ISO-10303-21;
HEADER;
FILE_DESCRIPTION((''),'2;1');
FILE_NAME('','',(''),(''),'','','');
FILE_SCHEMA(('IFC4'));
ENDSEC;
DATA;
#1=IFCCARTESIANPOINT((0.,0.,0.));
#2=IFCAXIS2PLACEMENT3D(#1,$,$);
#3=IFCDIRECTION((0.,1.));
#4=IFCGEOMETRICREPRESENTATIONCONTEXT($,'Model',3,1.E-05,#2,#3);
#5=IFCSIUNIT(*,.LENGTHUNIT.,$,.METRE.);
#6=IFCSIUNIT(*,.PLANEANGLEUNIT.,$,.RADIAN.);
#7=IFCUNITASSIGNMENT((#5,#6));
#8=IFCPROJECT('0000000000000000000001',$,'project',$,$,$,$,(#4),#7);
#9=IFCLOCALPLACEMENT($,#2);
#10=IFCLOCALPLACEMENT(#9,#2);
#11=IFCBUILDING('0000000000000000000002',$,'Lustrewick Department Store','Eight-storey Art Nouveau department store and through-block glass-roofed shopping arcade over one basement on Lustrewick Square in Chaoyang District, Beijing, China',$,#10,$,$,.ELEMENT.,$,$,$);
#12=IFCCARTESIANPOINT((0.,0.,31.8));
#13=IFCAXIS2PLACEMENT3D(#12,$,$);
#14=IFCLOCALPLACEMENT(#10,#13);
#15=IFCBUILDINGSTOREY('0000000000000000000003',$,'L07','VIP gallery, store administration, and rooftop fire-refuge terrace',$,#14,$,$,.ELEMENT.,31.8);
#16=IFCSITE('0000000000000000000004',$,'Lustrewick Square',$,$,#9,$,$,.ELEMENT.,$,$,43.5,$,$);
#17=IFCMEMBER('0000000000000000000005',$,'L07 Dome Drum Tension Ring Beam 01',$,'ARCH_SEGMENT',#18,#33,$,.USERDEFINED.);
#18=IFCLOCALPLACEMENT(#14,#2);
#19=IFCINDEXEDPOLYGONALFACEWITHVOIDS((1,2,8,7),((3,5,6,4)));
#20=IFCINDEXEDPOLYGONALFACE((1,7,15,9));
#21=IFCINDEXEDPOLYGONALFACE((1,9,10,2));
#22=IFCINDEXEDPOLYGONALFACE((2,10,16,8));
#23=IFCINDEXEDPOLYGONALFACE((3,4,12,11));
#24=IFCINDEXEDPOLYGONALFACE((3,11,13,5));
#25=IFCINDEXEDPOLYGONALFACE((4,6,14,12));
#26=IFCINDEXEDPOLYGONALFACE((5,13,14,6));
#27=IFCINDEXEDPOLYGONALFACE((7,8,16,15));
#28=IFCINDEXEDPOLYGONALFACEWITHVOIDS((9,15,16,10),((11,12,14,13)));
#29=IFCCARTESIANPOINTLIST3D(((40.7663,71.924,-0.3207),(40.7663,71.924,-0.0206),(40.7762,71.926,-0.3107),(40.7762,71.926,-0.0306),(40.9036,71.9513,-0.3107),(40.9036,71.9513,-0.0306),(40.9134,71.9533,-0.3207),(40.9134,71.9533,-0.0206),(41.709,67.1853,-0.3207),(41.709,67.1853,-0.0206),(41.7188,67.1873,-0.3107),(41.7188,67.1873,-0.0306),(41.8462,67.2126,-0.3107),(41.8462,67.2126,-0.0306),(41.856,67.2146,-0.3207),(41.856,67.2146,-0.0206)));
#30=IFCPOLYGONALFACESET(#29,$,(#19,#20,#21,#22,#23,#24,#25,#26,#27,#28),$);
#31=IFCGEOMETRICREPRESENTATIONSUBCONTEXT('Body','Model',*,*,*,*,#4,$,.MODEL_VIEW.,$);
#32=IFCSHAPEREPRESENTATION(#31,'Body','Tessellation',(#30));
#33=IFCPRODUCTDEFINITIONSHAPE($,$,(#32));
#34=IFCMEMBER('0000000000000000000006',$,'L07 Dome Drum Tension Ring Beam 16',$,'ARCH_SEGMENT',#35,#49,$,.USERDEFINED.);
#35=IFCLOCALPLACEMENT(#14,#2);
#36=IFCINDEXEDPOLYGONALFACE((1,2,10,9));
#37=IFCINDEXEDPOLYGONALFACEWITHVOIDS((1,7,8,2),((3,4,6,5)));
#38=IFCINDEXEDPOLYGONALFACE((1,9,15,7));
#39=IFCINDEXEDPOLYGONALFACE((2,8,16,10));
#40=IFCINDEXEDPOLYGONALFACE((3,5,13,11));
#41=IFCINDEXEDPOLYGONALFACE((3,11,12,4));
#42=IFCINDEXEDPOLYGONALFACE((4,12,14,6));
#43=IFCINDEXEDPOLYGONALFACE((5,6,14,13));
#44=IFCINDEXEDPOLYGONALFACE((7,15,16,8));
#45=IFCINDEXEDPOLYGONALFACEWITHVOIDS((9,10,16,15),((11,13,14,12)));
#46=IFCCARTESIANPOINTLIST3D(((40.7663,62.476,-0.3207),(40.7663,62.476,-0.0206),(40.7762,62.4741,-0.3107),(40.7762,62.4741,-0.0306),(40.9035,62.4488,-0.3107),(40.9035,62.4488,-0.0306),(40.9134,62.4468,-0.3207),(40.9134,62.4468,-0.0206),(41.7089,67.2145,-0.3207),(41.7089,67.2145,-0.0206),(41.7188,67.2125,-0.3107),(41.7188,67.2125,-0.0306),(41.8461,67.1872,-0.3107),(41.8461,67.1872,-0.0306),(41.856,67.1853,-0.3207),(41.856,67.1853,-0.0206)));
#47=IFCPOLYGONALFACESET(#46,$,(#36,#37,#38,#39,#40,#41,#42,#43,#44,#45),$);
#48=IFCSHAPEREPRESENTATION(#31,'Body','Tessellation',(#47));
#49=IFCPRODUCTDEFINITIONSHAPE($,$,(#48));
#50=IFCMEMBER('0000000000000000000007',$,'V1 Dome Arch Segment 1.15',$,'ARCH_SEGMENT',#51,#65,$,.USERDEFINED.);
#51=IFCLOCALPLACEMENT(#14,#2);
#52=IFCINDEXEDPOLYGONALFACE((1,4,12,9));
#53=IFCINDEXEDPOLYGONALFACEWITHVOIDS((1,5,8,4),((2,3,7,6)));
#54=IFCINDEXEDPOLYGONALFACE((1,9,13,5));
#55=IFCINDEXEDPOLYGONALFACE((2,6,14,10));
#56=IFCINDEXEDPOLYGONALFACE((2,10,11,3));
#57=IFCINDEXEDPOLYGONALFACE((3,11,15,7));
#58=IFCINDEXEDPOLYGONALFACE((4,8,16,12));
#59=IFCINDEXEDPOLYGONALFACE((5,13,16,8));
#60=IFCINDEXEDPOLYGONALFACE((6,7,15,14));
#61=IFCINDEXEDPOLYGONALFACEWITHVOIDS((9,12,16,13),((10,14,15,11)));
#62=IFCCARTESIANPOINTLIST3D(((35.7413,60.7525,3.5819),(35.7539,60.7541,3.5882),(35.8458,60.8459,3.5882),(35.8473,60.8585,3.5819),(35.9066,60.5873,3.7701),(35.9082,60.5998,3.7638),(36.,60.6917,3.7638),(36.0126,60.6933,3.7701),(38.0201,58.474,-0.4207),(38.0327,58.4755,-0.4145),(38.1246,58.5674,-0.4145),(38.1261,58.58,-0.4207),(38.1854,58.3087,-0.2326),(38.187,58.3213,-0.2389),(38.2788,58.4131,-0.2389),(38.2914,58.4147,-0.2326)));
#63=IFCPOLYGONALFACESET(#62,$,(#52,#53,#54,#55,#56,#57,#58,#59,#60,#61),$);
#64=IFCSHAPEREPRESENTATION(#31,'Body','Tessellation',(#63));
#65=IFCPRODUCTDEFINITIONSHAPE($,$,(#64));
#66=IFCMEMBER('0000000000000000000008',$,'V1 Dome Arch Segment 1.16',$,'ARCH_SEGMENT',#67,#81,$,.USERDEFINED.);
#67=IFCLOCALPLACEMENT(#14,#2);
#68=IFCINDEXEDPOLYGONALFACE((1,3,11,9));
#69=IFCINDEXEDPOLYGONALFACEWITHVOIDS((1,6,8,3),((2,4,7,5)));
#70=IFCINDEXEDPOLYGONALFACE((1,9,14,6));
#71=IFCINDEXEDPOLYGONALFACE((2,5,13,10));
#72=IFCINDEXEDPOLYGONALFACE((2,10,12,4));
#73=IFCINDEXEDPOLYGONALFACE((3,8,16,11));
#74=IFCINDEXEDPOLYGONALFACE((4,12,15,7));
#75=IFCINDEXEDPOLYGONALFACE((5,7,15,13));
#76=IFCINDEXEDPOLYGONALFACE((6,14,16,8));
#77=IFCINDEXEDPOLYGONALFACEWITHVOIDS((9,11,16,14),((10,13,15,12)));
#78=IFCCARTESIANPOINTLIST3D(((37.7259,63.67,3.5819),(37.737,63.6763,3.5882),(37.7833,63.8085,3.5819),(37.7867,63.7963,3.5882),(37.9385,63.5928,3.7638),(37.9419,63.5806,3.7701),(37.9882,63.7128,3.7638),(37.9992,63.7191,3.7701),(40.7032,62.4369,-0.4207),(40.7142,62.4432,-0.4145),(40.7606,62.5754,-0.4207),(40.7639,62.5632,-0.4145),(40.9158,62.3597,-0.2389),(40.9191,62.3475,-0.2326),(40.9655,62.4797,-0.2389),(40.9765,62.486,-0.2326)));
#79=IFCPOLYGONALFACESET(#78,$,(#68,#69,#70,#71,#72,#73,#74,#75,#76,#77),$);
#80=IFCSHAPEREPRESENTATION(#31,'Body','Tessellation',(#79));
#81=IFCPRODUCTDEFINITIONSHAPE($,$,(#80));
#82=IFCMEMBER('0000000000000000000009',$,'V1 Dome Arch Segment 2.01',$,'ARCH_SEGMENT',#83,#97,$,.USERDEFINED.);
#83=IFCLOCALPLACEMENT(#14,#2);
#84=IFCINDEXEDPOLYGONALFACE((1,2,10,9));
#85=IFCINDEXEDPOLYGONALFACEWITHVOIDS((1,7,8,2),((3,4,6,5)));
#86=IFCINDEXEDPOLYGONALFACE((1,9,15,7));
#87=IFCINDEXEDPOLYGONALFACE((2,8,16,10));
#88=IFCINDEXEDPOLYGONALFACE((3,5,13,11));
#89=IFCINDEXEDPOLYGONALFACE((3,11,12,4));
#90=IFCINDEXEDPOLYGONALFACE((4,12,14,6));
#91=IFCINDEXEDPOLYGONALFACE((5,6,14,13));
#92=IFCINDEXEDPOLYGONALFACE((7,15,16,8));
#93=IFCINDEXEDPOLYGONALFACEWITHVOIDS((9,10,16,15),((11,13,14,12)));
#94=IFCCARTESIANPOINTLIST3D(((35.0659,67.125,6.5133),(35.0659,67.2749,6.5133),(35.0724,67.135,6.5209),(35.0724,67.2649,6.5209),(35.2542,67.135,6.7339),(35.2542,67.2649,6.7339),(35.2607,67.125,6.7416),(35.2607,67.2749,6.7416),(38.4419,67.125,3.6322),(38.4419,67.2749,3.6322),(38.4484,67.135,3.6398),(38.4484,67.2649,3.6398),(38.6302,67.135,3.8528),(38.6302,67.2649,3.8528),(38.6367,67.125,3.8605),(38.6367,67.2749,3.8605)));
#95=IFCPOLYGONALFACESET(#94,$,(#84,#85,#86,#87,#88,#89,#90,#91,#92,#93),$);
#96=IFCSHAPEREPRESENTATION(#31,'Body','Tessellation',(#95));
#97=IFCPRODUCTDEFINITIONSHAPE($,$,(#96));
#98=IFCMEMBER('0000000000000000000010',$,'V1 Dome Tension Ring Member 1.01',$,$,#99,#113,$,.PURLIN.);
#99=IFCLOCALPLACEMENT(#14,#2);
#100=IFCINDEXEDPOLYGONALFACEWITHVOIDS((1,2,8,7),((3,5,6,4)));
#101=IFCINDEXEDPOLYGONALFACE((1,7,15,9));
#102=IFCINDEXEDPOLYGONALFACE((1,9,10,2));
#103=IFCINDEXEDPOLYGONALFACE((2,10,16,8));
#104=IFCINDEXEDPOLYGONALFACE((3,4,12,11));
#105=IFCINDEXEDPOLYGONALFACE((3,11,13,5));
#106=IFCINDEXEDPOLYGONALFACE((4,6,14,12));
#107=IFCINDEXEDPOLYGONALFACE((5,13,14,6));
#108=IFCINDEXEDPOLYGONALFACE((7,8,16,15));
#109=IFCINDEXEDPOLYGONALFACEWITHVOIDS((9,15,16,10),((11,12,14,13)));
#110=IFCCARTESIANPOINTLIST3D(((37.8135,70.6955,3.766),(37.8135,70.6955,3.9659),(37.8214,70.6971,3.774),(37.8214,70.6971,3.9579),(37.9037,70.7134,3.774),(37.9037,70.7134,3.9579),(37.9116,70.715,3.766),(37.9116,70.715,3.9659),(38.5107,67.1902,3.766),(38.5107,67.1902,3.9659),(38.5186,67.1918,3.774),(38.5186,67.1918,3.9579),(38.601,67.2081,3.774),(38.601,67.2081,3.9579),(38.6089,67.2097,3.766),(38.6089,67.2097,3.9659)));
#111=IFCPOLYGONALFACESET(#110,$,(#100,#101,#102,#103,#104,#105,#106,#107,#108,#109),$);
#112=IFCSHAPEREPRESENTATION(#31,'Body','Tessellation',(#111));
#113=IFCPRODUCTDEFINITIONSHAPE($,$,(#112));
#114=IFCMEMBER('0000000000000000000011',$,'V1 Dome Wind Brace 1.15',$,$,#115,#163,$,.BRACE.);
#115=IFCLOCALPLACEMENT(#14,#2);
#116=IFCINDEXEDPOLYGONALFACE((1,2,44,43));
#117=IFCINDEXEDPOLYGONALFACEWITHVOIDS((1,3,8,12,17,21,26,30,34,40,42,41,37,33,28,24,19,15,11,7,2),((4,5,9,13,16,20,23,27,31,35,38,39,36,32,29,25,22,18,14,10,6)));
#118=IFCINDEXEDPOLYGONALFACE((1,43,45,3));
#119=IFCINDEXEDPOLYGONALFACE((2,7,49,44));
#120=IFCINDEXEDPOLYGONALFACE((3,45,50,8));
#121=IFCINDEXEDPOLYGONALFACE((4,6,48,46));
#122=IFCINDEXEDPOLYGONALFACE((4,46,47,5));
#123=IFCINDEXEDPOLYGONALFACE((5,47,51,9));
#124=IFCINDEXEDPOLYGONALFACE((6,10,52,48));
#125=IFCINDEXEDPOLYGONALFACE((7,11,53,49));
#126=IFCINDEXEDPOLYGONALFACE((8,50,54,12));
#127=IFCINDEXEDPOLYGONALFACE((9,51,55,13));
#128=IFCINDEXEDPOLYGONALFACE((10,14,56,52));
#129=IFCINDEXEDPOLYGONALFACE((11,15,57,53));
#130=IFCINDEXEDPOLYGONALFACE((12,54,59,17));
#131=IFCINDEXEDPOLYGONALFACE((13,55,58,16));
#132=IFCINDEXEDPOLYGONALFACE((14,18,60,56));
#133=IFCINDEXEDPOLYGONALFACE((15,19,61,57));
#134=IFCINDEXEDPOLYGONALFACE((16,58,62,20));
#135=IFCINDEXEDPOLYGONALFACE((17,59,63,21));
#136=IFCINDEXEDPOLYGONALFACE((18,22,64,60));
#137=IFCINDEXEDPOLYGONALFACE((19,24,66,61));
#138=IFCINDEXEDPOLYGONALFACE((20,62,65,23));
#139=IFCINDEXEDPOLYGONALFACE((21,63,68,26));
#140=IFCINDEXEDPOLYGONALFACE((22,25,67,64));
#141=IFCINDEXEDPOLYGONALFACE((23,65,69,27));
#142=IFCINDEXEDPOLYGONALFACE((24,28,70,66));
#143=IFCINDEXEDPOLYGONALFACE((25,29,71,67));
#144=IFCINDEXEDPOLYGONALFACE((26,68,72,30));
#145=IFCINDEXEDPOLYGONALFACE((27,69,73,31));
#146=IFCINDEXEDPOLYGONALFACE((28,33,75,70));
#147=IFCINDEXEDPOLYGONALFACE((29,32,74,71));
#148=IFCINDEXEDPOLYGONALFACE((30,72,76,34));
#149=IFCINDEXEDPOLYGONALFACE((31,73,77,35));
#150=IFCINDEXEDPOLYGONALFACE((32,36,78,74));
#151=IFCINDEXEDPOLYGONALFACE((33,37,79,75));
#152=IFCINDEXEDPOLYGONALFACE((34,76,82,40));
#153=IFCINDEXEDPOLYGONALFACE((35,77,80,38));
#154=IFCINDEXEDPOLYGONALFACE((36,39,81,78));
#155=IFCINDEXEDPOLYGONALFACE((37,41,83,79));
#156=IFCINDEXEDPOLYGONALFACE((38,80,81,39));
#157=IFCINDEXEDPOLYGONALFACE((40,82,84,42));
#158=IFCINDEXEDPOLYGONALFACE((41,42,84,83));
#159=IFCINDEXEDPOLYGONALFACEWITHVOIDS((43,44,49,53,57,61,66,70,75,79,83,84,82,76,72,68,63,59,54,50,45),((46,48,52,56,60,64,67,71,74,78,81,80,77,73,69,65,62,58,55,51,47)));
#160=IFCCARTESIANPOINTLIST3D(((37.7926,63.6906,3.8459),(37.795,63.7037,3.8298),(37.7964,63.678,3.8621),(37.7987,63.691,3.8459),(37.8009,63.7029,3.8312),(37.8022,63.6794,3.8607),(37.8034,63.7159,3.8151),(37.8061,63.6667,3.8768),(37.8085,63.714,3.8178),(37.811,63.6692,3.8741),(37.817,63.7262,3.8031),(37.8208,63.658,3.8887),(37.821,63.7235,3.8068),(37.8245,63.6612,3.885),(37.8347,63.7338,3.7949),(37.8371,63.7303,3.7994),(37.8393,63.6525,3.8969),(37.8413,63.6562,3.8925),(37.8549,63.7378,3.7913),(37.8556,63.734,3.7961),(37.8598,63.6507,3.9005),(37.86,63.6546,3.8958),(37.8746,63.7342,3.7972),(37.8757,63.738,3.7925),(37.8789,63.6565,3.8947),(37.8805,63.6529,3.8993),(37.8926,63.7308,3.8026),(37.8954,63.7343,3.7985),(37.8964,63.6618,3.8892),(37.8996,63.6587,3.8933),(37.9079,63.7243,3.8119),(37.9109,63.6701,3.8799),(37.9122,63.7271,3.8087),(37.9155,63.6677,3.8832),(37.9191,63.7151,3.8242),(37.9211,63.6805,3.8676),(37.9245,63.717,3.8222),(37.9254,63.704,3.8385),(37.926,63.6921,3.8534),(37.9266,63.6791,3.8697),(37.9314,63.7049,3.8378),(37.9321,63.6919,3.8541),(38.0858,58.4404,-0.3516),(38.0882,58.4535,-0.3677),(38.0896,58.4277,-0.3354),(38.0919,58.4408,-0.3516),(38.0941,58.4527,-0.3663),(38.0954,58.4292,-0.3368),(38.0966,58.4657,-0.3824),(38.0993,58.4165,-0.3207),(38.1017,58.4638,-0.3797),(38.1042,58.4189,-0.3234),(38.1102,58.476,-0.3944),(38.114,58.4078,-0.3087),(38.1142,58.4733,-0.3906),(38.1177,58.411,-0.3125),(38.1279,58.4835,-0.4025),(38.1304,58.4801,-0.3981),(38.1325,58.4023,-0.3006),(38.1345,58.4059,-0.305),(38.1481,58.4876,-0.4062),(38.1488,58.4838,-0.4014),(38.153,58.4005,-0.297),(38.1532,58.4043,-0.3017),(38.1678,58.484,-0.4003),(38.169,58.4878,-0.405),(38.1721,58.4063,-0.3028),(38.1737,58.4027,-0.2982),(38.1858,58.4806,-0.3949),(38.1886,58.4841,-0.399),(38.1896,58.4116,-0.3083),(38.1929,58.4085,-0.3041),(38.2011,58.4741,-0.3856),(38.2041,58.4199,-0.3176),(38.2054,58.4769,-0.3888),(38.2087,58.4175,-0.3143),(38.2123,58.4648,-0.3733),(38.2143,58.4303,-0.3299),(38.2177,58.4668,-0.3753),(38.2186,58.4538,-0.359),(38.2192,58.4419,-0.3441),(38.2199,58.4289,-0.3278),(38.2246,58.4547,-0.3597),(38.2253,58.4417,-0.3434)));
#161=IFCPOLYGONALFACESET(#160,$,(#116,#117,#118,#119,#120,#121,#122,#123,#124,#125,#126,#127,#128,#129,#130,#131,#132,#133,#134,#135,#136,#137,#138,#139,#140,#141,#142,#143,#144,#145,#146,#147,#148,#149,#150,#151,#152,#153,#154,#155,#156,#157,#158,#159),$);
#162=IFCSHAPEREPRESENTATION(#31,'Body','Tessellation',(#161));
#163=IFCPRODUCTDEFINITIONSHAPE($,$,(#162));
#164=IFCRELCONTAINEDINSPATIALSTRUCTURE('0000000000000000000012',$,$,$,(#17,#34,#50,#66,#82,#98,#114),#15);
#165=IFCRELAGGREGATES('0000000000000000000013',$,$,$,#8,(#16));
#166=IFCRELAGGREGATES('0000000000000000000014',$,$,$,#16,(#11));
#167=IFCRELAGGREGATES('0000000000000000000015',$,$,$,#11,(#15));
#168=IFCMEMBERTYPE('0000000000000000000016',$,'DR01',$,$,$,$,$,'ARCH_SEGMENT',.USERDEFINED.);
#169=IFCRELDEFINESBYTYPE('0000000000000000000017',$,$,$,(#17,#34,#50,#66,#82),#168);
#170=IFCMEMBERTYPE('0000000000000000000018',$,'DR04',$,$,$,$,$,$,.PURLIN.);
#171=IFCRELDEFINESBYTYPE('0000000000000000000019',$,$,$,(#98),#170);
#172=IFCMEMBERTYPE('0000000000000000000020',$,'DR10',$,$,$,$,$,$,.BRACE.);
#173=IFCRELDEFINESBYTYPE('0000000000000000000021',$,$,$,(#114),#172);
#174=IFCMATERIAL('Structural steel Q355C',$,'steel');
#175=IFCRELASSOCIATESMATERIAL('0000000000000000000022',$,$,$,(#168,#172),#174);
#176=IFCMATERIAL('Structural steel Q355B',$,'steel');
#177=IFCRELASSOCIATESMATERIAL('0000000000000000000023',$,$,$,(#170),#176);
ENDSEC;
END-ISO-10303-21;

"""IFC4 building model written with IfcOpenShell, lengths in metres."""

from ifc_helpers import new_model, si_unit, direction, frame, origin, origin_2d, place, context, subcontext, project, spatial, hollow_rectangle, hollow_circle, extrude, material, material_profile, profile_set, type_object, element, save


model = new_model("IFC4")

# Units and contexts
model_context = context("Model", 3, precision=1e-05, world=origin(), true_north=direction((0.0, 1.0)))
body_context = subcontext(model_context, "Body", "Model", "MODEL_VIEW")
ifc_project = project(units=[si_unit("LENGTHUNIT", "METRE"), si_unit("PLANEANGLEUNIT", "RADIAN")], contexts=[model_context])

# Site, building, storey
site_placement = place(None, origin())
site = spatial("IfcSite", under=ifc_project, at=site_placement, Name="Lustrewick Square", CompositionType="ELEMENT", RefElevation=43.5)
building_placement = place(site_placement, origin())
building = spatial("IfcBuilding", under=site, at=building_placement, Name="Lustrewick Department Store", Description="Eight-storey Art Nouveau department store and through-block glass-roofed shopping arcade over one basement on Lustrewick Square in Chaoyang District, Beijing, China", CompositionType="ELEMENT")
storey_placement = place(building_placement, frame((0.0, 0.0, 31.8)))
storey = spatial("IfcBuildingStorey", under=building, at=storey_placement, Name="L07", Description="VIP gallery, store administration, and rooftop fire-refuge terrace", CompositionType="ELEMENT", Elevation=31.8)

# Members
ifc_material_1 = material(Name="Structural steel Q355C", Category="steel")
ifc_material_profile_1 = material_profile(ifc_material_1, hollow_rectangle(XDim=0.1499, YDim=0.3, WallThickness=0.01, at=origin_2d()), Name="RHS 300x150x10")
ifc_profile_set_1 = profile_set([ifc_material_profile_1], Name="Structural steel Q355C")
member_type_1 = type_object("IfcMemberType", Name="DR01", ElementType="ARCH_SEGMENT", PredefinedType="USERDEFINED", material=ifc_profile_set_1)
member_1_placement = place(storey_placement, frame((41.7825, 67.2, -0.1707), z_axis=(-0.195096, 0.980784, 0.0), x_axis=(-0.980784, -0.195096, 0.0)))
element("IfcMember", 1, at=member_1_placement, inside=storey, type_object=member_type_1, Name="L07 Dome Drum Tension Ring Beam 01", ObjectType="ARCH_SEGMENT", PredefinedType="USERDEFINED", context=body_context, shape_type="SweptSolid", body=[
    extrude(hollow_rectangle(XDim=0.1499, YDim=0.3, WallThickness=0.01, at=origin_2d()), origin(), (0.0, 0.0, 1.0), 4.8315),
])
member_2_placement = place(storey_placement, frame((40.8398, 62.4614, -0.1707), z_axis=(0.195105, 0.980782, 0.0), x_axis=(-0.980782, 0.195105, 0.0)))
element("IfcMember", 2, at=member_2_placement, inside=storey, type_object=member_type_1, Name="L07 Dome Drum Tension Ring Beam 16", ObjectType="ARCH_SEGMENT", PredefinedType="USERDEFINED", context=body_context, shape_type="SweptSolid", body=[
    extrude(hollow_rectangle(XDim=0.1499, YDim=0.3, WallThickness=0.01, at=origin_2d()), origin(), (0.0, 0.0, 1.0), 4.8313),
])
for number, where, z_axis, x_axis, name in (
    (3, (38.1558, 58.4443, -0.3267), (-0.443459, 0.443412, 0.778928), (-0.707069, -0.707145, 0.0), "V1 Dome Arch Segment 1.15"),
    (4, (40.8398, 62.4614, -0.3267), (-0.579385, 0.239973, 0.778927), (-0.382662, -0.923888, 0.0), "V1 Dome Arch Segment 1.16"),
):
    element("IfcMember", number, at=place(storey_placement, frame(where, z_axis=z_axis, x_axis=x_axis)), inside=storey, type_object=member_type_1, Name=name, ObjectType="ARCH_SEGMENT", PredefinedType="USERDEFINED", context=body_context, shape_type="SweptSolid", body=[
        extrude(hollow_rectangle(XDim=0.1499, YDim=0.3, WallThickness=0.01, at=origin_2d()), origin(), (0.0, 0.0, 1.0), 5.1387),
    ])
member_3_placement = place(storey_placement, frame((38.5393, 67.2, 3.7463), z_axis=(-0.760657, 0.0, 0.649154), x_axis=(0.0, -1.0, 0.0)))
element("IfcMember", 5, at=member_3_placement, inside=storey, type_object=member_type_1, Name="V1 Dome Arch Segment 2.01", ObjectType="ARCH_SEGMENT", PredefinedType="USERDEFINED", context=body_context, shape_type="SweptSolid", body=[
    extrude(hollow_rectangle(XDim=0.1499, YDim=0.3, WallThickness=0.01, at=origin_2d()), origin(), (0.0, 0.0, 1.0), 4.4382),
])
ifc_material_2 = material(Name="Structural steel Q355B", Category="steel")
ifc_material_profile_2 = material_profile(ifc_material_2, hollow_rectangle(XDim=0.1001, YDim=0.2, WallThickness=0.0081, at=origin_2d()), Name="RHS 200x100x8")
ifc_profile_set_2 = profile_set([ifc_material_profile_2], Name="Structural steel Q355B")
member_type_2 = type_object("IfcMemberType", Name="DR04", PredefinedType="PURLIN", material=ifc_profile_set_2)
member_4_placement = place(storey_placement, frame((38.5598, 67.2, 3.866), z_axis=(-0.195091, 0.980785, 0.0), x_axis=(-0.980785, -0.195091, 0.0)))
element("IfcMember", 6, at=member_4_placement, inside=storey, type_object=member_type_2, Name="V1 Dome Tension Ring Member 1.01", PredefinedType="PURLIN", context=body_context, shape_type="SweptSolid", body=[
    extrude(hollow_rectangle(XDim=0.1001, YDim=0.2, WallThickness=0.0081, at=origin_2d()), origin(), (0.0, 0.0, 1.0), 3.574),
])
ifc_material_profile_3 = material_profile(ifc_material_1, hollow_circle(Radius=0.0701, WallThickness=0.0061, at=origin_2d()), Name="CHS 140x6")
ifc_profile_set_3 = profile_set([ifc_material_profile_3], Name="Structural steel Q355C")
member_type_3 = type_object("IfcMemberType", Name="DR10", PredefinedType="BRACE", material=ifc_profile_set_3)
for number, where, z_axis, x_axis, name in (
    (7, (38.1558, 58.4443, -0.3516), (-0.043579, 0.780322, 0.623858), (-0.998444, -0.055761, 0.0), "V1 Dome Wind Brace 1.15"),
):
    element("IfcMember", number, at=place(storey_placement, frame(where, z_axis=z_axis, x_axis=x_axis)), inside=storey, type_object=member_type_3, Name=name, PredefinedType="BRACE", context=body_context, shape_type="SweptSolid", body=[
        extrude(hollow_circle(Radius=0.0701, WallThickness=0.0061, at=origin_2d()), origin(), (0.0, 0.0, 1.0), 6.7283),
    ])

save(model, "model.ifc")
